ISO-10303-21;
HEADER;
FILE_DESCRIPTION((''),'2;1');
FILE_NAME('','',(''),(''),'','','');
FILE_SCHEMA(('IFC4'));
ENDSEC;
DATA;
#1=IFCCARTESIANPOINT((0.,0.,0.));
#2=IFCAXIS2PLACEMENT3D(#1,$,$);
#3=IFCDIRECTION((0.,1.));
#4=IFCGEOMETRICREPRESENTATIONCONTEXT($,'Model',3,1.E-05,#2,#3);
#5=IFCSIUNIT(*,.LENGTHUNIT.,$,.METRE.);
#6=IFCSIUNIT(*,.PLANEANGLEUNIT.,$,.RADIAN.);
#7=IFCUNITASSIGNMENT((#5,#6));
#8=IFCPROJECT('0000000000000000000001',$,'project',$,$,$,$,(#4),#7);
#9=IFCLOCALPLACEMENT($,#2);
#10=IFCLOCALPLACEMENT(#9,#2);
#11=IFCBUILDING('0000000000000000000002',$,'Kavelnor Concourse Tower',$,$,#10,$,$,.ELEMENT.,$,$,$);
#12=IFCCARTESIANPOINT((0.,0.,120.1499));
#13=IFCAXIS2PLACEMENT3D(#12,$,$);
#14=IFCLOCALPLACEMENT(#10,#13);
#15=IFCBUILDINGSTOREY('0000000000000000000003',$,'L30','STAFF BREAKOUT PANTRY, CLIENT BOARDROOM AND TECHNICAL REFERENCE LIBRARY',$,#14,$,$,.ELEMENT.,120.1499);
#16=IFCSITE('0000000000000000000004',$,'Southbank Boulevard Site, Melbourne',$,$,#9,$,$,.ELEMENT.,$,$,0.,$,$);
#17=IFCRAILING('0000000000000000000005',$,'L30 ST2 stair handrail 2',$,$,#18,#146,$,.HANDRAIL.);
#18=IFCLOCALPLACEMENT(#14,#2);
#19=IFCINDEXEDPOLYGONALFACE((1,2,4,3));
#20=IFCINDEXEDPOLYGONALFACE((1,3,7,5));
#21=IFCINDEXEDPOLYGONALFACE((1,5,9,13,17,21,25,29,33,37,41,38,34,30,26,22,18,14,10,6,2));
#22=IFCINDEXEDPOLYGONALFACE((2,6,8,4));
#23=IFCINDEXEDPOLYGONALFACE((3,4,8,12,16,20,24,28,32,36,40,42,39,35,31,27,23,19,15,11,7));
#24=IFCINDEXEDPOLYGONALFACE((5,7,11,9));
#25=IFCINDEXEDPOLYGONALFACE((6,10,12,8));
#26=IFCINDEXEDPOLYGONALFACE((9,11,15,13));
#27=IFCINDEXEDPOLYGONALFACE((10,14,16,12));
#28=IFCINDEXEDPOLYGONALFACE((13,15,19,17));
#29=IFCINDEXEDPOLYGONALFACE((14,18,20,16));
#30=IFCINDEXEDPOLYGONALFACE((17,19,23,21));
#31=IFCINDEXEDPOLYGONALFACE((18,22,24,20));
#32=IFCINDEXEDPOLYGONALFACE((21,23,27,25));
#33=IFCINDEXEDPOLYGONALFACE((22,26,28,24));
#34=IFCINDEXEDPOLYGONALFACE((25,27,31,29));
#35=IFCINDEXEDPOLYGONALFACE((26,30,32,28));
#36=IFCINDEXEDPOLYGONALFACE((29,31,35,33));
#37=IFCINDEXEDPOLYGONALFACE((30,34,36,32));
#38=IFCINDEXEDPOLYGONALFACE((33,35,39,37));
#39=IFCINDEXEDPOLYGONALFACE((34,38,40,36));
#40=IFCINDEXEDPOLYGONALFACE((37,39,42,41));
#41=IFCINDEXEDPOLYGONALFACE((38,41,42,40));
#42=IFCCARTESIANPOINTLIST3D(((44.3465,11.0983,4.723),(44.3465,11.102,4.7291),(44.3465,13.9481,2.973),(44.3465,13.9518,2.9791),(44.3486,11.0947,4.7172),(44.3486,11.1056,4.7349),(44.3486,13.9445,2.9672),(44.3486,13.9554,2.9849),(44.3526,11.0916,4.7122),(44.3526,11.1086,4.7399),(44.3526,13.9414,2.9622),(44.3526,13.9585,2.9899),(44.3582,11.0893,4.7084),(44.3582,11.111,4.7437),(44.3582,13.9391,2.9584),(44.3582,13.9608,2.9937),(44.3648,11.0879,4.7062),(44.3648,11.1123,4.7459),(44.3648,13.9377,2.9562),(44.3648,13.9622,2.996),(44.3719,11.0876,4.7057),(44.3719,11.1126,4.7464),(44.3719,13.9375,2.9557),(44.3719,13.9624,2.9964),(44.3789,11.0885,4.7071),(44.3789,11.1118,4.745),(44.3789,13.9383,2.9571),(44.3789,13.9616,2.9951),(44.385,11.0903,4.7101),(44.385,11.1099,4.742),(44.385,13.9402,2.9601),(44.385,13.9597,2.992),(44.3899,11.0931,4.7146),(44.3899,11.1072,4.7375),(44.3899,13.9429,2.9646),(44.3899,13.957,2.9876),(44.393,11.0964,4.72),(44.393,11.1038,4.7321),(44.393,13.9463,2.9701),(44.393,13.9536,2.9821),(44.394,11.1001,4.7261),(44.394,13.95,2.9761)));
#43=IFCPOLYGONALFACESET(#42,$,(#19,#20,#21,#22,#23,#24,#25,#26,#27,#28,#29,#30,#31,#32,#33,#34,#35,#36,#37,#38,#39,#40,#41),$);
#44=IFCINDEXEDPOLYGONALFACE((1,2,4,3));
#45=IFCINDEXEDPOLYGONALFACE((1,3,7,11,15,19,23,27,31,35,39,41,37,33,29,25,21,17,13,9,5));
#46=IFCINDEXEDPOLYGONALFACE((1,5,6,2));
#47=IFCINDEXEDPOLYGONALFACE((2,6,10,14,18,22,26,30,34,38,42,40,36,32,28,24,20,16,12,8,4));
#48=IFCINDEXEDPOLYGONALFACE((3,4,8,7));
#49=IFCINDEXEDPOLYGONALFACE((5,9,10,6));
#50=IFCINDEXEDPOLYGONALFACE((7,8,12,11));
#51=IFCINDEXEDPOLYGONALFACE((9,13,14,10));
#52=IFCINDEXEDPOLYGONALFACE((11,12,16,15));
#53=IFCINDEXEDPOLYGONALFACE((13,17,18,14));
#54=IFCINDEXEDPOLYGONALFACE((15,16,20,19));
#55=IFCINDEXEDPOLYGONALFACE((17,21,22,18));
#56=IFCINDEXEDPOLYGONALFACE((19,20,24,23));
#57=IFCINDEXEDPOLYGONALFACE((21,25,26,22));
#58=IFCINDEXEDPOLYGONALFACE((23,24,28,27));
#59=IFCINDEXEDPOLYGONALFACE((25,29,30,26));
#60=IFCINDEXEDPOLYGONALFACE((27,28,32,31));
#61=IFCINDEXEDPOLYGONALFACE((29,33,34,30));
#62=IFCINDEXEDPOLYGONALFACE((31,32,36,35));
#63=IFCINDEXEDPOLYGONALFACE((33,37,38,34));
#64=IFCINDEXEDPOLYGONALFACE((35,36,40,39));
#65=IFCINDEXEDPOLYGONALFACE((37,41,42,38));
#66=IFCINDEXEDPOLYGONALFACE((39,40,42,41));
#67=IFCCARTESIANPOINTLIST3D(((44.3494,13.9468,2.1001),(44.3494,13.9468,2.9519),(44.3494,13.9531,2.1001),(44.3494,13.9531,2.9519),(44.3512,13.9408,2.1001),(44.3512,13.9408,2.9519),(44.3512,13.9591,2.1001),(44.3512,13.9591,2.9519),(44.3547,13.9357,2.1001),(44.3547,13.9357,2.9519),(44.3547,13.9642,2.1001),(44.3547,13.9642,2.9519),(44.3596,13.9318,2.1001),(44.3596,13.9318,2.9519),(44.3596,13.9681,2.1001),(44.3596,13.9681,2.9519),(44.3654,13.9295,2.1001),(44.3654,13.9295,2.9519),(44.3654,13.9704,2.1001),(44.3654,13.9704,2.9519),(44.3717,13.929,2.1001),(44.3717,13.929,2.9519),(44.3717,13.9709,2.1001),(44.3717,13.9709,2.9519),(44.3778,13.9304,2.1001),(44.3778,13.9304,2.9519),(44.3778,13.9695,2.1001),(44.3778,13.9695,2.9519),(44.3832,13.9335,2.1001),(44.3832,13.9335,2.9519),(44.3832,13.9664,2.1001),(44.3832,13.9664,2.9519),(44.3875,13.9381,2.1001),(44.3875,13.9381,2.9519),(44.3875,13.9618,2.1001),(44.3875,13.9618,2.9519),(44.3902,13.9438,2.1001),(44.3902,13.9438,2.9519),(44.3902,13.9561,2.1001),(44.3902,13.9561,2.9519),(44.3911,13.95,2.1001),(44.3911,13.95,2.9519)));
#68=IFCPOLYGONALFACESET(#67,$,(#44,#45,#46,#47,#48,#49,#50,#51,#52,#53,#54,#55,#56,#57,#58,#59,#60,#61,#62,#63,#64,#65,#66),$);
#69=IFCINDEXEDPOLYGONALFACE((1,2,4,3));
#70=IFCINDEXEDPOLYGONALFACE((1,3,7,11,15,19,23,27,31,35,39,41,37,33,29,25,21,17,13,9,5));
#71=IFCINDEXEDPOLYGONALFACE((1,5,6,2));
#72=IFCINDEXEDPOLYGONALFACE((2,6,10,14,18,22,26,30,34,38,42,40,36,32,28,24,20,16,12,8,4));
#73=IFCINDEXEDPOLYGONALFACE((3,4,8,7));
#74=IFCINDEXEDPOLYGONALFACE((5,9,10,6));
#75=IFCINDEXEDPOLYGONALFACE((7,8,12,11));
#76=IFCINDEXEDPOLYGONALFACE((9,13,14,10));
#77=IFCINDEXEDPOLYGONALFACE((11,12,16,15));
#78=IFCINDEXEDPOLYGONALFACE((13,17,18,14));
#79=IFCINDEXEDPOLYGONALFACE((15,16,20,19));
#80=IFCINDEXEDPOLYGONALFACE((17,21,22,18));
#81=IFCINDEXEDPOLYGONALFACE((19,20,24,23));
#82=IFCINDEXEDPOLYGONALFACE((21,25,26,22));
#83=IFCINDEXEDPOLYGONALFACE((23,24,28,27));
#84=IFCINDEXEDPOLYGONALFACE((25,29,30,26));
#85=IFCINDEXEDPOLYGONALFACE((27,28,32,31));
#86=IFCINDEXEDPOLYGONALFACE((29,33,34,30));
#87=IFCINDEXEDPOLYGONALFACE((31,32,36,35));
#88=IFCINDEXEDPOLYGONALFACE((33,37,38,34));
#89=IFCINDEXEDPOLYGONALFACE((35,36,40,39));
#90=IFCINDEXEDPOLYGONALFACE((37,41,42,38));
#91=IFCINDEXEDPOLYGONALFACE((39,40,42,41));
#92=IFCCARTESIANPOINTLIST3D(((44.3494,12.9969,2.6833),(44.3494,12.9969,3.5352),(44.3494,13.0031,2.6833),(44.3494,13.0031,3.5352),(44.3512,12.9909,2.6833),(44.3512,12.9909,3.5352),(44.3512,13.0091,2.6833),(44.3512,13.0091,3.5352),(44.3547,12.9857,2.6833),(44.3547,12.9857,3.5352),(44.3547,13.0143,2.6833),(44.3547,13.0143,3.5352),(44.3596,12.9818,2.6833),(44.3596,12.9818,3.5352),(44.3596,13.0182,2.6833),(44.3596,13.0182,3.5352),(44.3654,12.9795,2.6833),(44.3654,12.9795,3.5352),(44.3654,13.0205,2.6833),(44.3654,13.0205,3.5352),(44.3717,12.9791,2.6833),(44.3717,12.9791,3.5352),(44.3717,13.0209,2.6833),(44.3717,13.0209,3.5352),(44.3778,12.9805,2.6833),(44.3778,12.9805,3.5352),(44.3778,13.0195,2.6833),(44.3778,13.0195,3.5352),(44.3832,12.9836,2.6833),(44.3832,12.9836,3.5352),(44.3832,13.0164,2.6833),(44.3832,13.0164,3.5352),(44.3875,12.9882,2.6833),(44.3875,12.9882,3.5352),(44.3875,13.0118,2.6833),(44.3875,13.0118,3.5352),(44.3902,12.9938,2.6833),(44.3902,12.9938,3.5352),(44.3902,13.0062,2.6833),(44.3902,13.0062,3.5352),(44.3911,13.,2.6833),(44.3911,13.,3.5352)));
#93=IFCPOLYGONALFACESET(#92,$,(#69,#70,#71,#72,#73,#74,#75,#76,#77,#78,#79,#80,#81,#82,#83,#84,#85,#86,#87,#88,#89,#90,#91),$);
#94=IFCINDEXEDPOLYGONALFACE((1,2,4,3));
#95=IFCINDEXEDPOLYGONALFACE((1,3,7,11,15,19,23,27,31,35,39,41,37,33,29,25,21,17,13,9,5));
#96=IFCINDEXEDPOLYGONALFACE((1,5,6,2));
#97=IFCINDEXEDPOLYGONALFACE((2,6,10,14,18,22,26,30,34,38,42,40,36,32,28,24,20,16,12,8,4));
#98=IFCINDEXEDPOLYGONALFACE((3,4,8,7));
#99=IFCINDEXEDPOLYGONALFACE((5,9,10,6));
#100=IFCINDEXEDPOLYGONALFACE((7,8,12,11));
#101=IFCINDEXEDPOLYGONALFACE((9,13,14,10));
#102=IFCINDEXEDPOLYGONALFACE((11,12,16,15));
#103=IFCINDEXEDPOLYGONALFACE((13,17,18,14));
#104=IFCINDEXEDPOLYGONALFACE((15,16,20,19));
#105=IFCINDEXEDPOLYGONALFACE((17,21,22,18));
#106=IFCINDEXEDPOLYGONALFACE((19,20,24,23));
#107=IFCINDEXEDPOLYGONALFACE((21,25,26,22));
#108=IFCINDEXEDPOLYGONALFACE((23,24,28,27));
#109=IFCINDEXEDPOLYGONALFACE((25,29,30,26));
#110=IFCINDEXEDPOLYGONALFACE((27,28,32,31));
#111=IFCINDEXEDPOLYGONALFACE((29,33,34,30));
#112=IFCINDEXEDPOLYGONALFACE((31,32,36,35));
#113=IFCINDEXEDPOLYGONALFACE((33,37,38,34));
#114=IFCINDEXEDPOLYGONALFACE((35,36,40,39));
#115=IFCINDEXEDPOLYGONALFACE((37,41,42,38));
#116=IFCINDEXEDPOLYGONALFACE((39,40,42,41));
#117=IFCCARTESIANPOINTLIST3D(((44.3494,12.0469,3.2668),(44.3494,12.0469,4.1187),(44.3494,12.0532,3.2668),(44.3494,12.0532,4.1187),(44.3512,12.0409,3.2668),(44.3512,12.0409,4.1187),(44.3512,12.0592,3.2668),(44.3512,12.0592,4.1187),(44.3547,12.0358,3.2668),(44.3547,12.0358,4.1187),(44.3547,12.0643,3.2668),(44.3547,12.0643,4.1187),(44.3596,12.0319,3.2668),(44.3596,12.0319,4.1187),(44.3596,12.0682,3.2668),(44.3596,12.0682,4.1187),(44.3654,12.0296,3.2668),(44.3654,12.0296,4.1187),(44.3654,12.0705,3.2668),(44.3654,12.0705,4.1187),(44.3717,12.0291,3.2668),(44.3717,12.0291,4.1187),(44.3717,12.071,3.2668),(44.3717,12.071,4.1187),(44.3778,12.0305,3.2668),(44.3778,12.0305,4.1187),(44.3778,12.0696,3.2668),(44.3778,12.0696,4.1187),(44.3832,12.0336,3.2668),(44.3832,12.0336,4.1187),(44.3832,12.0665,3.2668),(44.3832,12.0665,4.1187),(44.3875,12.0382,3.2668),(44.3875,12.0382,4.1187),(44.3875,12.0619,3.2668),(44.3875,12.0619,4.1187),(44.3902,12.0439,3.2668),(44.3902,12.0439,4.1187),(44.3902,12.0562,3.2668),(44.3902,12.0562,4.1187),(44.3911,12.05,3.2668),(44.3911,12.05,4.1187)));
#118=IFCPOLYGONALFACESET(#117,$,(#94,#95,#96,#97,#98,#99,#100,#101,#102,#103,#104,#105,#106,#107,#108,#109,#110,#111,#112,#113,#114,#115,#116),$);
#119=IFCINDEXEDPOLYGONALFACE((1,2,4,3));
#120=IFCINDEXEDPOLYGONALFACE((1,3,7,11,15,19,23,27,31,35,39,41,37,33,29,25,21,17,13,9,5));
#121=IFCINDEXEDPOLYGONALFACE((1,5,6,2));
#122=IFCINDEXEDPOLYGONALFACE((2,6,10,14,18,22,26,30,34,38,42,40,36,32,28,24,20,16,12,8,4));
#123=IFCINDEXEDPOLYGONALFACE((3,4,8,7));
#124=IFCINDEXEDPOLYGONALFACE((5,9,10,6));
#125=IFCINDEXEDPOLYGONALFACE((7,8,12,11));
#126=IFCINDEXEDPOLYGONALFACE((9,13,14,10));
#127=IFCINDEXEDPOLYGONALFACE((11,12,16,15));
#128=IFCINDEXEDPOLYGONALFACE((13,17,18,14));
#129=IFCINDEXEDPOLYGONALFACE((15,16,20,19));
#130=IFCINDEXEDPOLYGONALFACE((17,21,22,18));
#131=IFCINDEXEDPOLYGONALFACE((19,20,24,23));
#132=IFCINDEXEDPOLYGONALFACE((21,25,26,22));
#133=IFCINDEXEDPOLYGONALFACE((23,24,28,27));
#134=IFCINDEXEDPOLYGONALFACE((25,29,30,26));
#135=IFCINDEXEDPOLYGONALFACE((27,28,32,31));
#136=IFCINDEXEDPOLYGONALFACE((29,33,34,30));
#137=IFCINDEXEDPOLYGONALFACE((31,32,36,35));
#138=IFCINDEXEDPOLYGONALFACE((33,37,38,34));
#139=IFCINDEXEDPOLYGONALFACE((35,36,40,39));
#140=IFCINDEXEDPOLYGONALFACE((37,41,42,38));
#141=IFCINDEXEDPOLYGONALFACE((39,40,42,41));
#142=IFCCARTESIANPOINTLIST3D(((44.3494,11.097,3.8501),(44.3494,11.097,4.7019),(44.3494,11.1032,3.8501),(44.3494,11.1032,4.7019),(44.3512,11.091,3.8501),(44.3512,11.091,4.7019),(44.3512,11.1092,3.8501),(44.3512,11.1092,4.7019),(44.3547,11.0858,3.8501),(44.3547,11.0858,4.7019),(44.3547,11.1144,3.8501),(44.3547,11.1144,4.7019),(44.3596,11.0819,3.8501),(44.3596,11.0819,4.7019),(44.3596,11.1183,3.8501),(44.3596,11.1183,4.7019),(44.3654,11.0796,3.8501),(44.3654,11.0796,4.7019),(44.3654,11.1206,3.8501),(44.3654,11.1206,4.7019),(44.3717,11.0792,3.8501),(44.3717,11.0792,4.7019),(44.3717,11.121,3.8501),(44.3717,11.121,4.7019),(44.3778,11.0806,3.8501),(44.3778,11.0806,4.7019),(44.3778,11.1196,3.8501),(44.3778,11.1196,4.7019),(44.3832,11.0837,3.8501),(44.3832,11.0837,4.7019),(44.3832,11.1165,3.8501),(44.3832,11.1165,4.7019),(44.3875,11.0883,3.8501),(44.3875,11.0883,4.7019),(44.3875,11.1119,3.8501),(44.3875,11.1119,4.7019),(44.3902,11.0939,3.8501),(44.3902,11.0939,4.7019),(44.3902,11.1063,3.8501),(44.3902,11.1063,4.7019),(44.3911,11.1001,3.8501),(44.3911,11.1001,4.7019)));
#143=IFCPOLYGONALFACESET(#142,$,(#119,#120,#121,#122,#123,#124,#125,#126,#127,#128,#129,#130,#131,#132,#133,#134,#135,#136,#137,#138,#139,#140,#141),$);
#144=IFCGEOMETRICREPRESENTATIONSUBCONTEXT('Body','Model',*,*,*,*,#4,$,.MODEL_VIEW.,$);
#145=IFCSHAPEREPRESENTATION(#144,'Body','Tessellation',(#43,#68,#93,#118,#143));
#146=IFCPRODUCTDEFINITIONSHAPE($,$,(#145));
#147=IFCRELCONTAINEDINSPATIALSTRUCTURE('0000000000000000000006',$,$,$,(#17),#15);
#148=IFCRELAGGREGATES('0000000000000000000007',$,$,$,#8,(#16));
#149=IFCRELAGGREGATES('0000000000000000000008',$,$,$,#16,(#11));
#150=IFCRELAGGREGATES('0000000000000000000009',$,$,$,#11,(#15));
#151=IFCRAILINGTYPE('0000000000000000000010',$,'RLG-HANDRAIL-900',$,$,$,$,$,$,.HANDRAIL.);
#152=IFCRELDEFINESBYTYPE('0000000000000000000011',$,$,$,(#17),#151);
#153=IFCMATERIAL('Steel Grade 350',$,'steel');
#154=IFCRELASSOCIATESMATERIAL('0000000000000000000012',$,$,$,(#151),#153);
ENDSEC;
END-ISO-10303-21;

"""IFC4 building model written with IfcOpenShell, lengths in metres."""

from ifc_helpers import new_model, si_unit, direction, frame, origin, origin_2d, place, context, subcontext, project, spatial, circle, extrude, material, type_object, element, save


model = new_model("IFC4")

# Units and contexts
model_context = context("Model", 3, precision=1e-05, world=origin(), true_north=direction((0.0, 1.0)))
body_context = subcontext(model_context, "Body", "Model", "MODEL_VIEW")
ifc_project = project(units=[si_unit("LENGTHUNIT", "METRE"), si_unit("PLANEANGLEUNIT", "RADIAN")], contexts=[model_context])

# Site, building, storey
site_placement = place(None, origin())
site = spatial("IfcSite", under=ifc_project, at=site_placement, Name="Southbank Boulevard Site, Melbourne", CompositionType="ELEMENT", RefElevation=0.0)
building_placement = place(site_placement, origin())
building = spatial("IfcBuilding", under=site, at=building_placement, Name="Kavelnor Concourse Tower", CompositionType="ELEMENT")
storey_placement = place(building_placement, frame((0.0, 0.0, 120.1499)))
storey = spatial("IfcBuildingStorey", under=building, at=storey_placement, Name="L30", Description="STAFF BREAKOUT PANTRY, CLIENT BOARDROOM AND TECHNICAL REFERENCE LIBRARY", CompositionType="ELEMENT", Elevation=120.1499)

# Shared definitions
ifc_material_1 = material(Name="Steel Grade 350", Category="steel")

# Railing
railing_type_1 = type_object("IfcRailingType", Name="RLG-HANDRAIL-900", PredefinedType="HANDRAIL", material=ifc_material_1)
railing_1_placement = place(storey_placement, frame((44.3701, 13.95, 2.1001)))
element("IfcRailing", 1, at=railing_1_placement, inside=storey, type_object=railing_type_1, Name="L30 ST2 stair handrail 2", PredefinedType="HANDRAIL", context=body_context, shape_type="SweptSolid", body=[
    extrude(circle(Radius=0.0239, at=origin_2d()), frame((0.0, 0.0, 0.876), z_axis=(0.0, -0.852159, 0.523283), x_axis=(1.0, 0.0, 0.0)), (0.0, 0.0, 1.0), 3.3442),
    extrude(circle(Radius=0.021, at=origin_2d()), origin(), (0.0, 0.0, 1.0), 0.8518),
    extrude(circle(Radius=0.021, at=origin_2d()), frame((0.0, -0.95, 0.5833)), (0.0, 0.0, 1.0), 0.8518),
    extrude(circle(Radius=0.021, at=origin_2d()), frame((0.0, -1.8999, 1.1667)), (0.0, 0.0, 1.0), 0.8518),
    extrude(circle(Radius=0.021, at=origin_2d()), frame((0.0, -2.8499, 1.75)), (0.0, 0.0, 1.0), 0.8518),
])

save(model, "model.ifc")
